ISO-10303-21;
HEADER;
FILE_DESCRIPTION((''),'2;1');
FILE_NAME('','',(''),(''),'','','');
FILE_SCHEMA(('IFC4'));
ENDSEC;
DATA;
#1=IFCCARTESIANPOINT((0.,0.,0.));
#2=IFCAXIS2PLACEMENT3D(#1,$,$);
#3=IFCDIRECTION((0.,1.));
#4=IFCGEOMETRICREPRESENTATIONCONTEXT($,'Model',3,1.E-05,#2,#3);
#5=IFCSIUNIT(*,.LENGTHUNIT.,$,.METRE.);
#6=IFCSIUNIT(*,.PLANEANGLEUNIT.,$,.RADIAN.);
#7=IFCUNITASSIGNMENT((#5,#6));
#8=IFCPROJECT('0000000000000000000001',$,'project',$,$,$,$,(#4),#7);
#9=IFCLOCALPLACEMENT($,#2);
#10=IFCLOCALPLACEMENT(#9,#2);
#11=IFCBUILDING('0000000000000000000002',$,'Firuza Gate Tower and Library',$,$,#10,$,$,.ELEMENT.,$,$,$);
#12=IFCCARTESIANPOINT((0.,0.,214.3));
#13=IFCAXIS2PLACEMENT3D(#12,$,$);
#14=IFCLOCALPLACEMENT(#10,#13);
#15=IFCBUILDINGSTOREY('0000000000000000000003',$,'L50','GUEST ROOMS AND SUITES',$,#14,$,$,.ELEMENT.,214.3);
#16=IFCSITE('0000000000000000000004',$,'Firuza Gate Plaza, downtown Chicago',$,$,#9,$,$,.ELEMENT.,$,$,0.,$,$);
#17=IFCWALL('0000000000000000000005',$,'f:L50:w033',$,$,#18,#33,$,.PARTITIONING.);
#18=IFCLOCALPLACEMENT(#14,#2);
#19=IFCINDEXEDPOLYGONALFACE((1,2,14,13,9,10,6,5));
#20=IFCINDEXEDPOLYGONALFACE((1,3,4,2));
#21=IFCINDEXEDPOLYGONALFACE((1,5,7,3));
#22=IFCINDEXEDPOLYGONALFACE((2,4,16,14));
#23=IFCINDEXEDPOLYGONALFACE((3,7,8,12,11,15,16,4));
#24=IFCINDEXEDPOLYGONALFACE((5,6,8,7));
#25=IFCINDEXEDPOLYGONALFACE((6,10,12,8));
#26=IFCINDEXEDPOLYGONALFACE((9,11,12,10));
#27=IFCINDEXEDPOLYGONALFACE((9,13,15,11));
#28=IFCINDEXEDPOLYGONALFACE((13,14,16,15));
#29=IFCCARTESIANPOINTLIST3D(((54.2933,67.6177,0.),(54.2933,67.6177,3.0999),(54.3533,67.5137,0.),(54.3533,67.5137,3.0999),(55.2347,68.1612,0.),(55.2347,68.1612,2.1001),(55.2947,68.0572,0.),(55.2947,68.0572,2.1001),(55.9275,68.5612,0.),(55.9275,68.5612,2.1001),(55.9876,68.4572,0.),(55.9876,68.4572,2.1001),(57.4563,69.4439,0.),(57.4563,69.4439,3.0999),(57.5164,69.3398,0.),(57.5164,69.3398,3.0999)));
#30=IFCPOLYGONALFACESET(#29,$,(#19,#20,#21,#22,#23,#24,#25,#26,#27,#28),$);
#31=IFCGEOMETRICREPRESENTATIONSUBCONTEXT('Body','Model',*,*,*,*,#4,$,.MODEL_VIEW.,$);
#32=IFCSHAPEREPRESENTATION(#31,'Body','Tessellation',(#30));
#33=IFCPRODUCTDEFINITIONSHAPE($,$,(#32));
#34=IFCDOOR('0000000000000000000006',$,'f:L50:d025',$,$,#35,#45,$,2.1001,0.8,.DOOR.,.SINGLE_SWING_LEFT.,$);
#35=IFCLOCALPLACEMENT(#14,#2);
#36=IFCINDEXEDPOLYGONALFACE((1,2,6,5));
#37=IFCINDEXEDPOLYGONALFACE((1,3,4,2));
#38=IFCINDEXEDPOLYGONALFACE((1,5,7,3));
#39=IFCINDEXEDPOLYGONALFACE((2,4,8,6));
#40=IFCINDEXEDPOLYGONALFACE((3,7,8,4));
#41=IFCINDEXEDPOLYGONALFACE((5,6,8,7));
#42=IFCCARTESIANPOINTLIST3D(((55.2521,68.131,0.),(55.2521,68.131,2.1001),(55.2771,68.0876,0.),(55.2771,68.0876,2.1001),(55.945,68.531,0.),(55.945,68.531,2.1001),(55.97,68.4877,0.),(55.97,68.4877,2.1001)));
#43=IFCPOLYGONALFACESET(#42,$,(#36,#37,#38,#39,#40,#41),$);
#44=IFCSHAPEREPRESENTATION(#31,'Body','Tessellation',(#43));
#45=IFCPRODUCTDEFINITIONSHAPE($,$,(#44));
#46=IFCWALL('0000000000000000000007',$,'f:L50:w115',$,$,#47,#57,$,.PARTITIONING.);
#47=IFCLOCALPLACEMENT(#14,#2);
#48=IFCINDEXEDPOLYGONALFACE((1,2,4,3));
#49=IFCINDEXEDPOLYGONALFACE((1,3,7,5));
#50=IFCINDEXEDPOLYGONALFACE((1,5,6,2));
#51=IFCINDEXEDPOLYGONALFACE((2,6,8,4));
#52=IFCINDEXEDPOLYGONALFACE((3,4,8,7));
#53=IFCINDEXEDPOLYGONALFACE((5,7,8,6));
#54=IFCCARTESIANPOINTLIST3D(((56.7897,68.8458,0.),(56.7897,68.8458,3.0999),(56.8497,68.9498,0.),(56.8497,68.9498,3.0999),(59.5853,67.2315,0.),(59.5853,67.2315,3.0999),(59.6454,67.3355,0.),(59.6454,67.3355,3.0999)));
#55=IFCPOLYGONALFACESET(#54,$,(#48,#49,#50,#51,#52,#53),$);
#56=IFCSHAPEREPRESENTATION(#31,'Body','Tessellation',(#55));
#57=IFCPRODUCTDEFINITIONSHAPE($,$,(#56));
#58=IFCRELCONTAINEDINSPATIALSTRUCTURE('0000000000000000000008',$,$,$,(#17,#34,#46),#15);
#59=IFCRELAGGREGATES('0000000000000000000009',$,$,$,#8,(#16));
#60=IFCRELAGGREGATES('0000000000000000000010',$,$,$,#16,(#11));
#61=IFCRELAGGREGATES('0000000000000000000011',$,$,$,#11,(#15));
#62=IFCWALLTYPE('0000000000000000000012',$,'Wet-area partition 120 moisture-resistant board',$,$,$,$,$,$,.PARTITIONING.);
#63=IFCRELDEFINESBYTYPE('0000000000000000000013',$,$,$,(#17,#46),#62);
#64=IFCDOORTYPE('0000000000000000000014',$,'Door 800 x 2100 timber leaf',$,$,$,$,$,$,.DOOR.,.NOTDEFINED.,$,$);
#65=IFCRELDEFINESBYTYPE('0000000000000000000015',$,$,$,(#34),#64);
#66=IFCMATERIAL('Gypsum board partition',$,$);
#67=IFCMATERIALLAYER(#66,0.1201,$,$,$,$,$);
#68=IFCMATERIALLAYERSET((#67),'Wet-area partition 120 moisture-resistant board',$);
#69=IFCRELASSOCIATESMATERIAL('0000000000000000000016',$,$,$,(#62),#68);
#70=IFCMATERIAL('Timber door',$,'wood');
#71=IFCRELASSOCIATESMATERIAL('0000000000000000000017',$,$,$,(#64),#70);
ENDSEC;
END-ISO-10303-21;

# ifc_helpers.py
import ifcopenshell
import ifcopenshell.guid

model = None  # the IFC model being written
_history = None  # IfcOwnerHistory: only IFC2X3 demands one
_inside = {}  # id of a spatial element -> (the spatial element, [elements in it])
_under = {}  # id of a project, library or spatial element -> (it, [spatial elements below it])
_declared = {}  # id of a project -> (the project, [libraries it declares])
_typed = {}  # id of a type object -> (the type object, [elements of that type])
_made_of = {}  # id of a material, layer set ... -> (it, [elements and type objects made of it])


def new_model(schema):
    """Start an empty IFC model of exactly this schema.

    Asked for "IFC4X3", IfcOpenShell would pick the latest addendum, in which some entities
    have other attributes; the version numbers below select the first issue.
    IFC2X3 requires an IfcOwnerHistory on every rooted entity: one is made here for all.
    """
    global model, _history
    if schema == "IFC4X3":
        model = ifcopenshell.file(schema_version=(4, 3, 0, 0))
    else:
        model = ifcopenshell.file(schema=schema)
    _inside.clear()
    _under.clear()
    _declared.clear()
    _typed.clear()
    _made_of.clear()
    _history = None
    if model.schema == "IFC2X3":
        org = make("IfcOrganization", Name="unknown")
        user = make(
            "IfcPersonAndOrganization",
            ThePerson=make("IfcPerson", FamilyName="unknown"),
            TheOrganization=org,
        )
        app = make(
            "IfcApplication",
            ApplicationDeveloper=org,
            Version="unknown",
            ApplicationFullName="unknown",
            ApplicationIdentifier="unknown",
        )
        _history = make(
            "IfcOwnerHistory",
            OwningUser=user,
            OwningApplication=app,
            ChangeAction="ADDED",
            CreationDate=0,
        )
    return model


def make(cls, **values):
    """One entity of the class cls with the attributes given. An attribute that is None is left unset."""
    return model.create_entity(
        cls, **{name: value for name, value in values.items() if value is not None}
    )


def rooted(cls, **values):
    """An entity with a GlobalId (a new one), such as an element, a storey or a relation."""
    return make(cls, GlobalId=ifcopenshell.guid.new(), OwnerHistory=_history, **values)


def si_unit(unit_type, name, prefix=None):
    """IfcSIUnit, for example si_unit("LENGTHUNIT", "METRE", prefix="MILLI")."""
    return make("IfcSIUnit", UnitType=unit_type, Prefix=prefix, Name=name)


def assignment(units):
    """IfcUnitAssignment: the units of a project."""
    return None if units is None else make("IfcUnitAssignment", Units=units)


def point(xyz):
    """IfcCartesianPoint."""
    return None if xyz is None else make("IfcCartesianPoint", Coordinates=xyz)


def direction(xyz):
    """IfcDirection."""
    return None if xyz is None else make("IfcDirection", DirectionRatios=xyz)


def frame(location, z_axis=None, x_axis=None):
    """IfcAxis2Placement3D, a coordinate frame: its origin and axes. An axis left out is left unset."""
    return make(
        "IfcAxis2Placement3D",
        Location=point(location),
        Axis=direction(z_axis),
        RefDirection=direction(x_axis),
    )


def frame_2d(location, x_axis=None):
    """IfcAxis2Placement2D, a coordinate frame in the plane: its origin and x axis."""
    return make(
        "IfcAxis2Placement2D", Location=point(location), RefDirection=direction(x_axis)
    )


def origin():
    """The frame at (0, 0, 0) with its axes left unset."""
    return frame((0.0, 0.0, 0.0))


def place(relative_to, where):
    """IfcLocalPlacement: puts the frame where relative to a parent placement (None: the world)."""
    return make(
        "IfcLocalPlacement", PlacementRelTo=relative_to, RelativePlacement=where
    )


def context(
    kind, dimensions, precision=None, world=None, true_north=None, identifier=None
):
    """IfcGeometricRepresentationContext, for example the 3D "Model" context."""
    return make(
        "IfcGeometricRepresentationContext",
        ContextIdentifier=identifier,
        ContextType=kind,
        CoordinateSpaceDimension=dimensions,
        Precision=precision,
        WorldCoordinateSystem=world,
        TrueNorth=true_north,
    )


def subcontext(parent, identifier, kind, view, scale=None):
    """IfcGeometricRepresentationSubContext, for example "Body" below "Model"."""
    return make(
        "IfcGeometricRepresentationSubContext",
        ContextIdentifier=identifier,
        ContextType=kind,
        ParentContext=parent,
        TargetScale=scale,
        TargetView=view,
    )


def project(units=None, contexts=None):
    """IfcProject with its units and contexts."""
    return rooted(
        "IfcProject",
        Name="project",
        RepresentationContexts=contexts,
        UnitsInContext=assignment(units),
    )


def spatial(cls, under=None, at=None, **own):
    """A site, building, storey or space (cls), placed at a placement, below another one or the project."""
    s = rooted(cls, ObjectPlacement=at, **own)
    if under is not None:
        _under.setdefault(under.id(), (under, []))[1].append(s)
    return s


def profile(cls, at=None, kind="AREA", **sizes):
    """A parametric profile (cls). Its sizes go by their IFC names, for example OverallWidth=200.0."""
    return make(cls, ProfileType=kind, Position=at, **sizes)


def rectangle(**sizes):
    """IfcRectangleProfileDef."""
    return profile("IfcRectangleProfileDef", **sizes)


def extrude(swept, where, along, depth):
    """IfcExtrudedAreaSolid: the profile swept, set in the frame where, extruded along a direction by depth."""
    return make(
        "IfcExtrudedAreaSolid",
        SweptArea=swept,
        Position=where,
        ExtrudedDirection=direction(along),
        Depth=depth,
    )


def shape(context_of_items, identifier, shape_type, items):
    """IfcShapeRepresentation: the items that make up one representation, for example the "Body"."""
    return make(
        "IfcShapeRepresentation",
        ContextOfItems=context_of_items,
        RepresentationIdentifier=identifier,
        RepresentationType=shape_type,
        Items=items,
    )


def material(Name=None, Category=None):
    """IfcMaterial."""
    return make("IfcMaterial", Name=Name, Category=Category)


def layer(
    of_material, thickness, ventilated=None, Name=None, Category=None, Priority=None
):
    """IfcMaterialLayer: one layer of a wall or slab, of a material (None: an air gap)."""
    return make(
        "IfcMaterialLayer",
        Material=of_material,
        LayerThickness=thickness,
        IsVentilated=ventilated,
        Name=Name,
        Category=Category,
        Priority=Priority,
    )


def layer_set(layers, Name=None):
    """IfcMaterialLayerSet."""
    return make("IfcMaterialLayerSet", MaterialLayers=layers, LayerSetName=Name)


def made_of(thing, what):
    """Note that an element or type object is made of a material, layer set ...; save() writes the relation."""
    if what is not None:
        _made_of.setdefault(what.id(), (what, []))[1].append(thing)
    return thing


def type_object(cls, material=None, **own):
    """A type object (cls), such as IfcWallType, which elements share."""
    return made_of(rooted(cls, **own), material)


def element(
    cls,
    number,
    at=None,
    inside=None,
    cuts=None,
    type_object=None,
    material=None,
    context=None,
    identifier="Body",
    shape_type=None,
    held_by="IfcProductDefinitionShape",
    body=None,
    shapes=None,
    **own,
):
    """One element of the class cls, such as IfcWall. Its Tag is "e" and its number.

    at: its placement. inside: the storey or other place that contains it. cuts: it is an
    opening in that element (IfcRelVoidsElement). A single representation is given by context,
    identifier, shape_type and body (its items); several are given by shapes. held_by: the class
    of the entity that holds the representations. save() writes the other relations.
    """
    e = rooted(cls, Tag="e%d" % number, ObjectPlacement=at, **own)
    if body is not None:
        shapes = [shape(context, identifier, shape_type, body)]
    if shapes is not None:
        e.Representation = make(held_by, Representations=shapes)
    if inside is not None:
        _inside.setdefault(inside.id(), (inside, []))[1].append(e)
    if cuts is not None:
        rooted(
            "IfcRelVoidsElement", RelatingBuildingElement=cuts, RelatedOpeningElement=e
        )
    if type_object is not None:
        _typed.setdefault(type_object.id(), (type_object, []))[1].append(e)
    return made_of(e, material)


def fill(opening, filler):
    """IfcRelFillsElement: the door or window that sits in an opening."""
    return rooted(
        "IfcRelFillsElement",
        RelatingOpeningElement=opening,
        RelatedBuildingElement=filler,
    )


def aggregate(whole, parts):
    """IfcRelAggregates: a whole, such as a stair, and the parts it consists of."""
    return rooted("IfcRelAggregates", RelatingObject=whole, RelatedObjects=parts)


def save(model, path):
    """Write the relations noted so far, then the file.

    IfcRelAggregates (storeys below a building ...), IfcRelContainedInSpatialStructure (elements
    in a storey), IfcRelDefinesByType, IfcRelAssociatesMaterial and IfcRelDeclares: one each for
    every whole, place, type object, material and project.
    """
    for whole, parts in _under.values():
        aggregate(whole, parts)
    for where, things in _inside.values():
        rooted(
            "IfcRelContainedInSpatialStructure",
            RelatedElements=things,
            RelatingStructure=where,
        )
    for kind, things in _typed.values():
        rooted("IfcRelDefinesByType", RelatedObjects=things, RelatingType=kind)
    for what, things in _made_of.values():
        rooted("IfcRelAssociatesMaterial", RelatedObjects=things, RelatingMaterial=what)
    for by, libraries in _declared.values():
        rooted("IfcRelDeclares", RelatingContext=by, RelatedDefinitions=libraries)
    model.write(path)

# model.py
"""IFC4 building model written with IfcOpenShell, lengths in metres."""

from ifc_helpers import new_model, si_unit, direction, frame, frame_2d, origin, place, context, subcontext, project, spatial, rectangle, extrude, material, layer, layer_set, type_object, element, fill, save


model = new_model("IFC4")

# Units and contexts
model_context = context("Model", 3, precision=1e-05, world=origin(), true_north=direction((0.0, 1.0)))
body_context = subcontext(model_context, "Body", "Model", "MODEL_VIEW")
ifc_project = project(units=[si_unit("LENGTHUNIT", "METRE"), si_unit("PLANEANGLEUNIT", "RADIAN")], contexts=[model_context])

# Site, building, storey
site_placement = place(None, origin())
site = spatial("IfcSite", under=ifc_project, at=site_placement, Name="Firuza Gate Plaza, downtown Chicago", CompositionType="ELEMENT", RefElevation=0.0)
building_placement = place(site_placement, origin())
building = spatial("IfcBuilding", under=site, at=building_placement, Name="Firuza Gate Tower and Library", CompositionType="ELEMENT")
storey_placement = place(building_placement, frame((0.0, 0.0, 214.3)))
storey = spatial("IfcBuildingStorey", under=building, at=storey_placement, Name="L50", Description="GUEST ROOMS AND SUITES", CompositionType="ELEMENT", Elevation=214.3)

# Wall, opening, door
ifc_material_1 = material(Name="Gypsum board partition")
ifc_layer_1 = layer(ifc_material_1, 0.1201)
ifc_layer_set_1 = layer_set([ifc_layer_1], Name="Wet-area partition 120 moisture-resistant board")
wall_type_1 = type_object("IfcWallType", Name="Wet-area partition 120 moisture-resistant board", PredefinedType="PARTITIONING", material=ifc_layer_set_1)
wall_1_placement = place(storey_placement, frame((57.4863, 69.3918, 0.0), z_axis=(0.0, 0.0, 1.0), x_axis=(-0.86603, -0.499992, 0.0)))
wall_1 = element("IfcWall", 1, at=wall_1_placement, inside=storey, type_object=wall_type_1, Name="f:L50:w033", PredefinedType="PARTITIONING", context=body_context, shape_type="SweptSolid", body=[
    extrude(rectangle(XDim=3.6523, YDim=0.1201, at=frame_2d((1.8262, 0.0))), origin(), (0.0, 0.0, 1.0), 3.0999),
])
opening_1_placement = place(wall_1_placement, frame((1.7654, 0.0, 0.0)))
opening_1 = element("IfcOpeningElement", 2, at=opening_1_placement, cuts=wall_1, PredefinedType="OPENING", context=body_context, shape_type="SweptSolid", body=[
    extrude(rectangle(XDim=0.8, YDim=2.1001, at=frame_2d((0.3999, 1.05))), frame((0.0, 0.0701, 0.0), z_axis=(0.0, -1.0, 0.0), x_axis=(1.0, 0.0, 0.0)), (0.0, 0.0, 1.0), 0.1401),
])
ifc_material_2 = material(Name="Timber door", Category="wood")
door_type_1 = type_object("IfcDoorType", Name="Door 800 x 2100 timber leaf", OperationType="NOTDEFINED", PredefinedType="DOOR", material=ifc_material_2)
door_1_placement = place(opening_1_placement, origin())
door_1 = element("IfcDoor", 3, at=door_1_placement, inside=storey, type_object=door_type_1, Name="f:L50:d025", OperationType="SINGLE_SWING_LEFT", OverallHeight=2.1001, OverallWidth=0.8, PredefinedType="DOOR", context=body_context, shape_type="SweptSolid", body=[
    extrude(rectangle(XDim=0.8, YDim=2.1001, at=frame_2d((0.3999, 1.05))), frame((0.0, 0.0249, 0.0), z_axis=(0.0, -1.0, 0.0), x_axis=(1.0, 0.0, 0.0)), (0.0, 0.0, 1.0), 0.05),
])
fill(opening_1, door_1)

# Wall
wall_2_placement = place(storey_placement, frame((59.6155, 67.2834, 0.0), z_axis=(0.0, 0.0, 1.0), x_axis=(-0.866, 0.500043, 0.0)))
element("IfcWall", 4, at=wall_2_placement, inside=storey, type_object=wall_type_1, Name="f:L50:w115", PredefinedType="PARTITIONING", context=body_context, shape_type="SweptSolid", body=[
    extrude(rectangle(XDim=3.2283, YDim=0.1201, at=frame_2d((1.6143, 0.0))), origin(), (0.0, 0.0, 1.0), 3.0999),
])

save(model, "model.ifc")
